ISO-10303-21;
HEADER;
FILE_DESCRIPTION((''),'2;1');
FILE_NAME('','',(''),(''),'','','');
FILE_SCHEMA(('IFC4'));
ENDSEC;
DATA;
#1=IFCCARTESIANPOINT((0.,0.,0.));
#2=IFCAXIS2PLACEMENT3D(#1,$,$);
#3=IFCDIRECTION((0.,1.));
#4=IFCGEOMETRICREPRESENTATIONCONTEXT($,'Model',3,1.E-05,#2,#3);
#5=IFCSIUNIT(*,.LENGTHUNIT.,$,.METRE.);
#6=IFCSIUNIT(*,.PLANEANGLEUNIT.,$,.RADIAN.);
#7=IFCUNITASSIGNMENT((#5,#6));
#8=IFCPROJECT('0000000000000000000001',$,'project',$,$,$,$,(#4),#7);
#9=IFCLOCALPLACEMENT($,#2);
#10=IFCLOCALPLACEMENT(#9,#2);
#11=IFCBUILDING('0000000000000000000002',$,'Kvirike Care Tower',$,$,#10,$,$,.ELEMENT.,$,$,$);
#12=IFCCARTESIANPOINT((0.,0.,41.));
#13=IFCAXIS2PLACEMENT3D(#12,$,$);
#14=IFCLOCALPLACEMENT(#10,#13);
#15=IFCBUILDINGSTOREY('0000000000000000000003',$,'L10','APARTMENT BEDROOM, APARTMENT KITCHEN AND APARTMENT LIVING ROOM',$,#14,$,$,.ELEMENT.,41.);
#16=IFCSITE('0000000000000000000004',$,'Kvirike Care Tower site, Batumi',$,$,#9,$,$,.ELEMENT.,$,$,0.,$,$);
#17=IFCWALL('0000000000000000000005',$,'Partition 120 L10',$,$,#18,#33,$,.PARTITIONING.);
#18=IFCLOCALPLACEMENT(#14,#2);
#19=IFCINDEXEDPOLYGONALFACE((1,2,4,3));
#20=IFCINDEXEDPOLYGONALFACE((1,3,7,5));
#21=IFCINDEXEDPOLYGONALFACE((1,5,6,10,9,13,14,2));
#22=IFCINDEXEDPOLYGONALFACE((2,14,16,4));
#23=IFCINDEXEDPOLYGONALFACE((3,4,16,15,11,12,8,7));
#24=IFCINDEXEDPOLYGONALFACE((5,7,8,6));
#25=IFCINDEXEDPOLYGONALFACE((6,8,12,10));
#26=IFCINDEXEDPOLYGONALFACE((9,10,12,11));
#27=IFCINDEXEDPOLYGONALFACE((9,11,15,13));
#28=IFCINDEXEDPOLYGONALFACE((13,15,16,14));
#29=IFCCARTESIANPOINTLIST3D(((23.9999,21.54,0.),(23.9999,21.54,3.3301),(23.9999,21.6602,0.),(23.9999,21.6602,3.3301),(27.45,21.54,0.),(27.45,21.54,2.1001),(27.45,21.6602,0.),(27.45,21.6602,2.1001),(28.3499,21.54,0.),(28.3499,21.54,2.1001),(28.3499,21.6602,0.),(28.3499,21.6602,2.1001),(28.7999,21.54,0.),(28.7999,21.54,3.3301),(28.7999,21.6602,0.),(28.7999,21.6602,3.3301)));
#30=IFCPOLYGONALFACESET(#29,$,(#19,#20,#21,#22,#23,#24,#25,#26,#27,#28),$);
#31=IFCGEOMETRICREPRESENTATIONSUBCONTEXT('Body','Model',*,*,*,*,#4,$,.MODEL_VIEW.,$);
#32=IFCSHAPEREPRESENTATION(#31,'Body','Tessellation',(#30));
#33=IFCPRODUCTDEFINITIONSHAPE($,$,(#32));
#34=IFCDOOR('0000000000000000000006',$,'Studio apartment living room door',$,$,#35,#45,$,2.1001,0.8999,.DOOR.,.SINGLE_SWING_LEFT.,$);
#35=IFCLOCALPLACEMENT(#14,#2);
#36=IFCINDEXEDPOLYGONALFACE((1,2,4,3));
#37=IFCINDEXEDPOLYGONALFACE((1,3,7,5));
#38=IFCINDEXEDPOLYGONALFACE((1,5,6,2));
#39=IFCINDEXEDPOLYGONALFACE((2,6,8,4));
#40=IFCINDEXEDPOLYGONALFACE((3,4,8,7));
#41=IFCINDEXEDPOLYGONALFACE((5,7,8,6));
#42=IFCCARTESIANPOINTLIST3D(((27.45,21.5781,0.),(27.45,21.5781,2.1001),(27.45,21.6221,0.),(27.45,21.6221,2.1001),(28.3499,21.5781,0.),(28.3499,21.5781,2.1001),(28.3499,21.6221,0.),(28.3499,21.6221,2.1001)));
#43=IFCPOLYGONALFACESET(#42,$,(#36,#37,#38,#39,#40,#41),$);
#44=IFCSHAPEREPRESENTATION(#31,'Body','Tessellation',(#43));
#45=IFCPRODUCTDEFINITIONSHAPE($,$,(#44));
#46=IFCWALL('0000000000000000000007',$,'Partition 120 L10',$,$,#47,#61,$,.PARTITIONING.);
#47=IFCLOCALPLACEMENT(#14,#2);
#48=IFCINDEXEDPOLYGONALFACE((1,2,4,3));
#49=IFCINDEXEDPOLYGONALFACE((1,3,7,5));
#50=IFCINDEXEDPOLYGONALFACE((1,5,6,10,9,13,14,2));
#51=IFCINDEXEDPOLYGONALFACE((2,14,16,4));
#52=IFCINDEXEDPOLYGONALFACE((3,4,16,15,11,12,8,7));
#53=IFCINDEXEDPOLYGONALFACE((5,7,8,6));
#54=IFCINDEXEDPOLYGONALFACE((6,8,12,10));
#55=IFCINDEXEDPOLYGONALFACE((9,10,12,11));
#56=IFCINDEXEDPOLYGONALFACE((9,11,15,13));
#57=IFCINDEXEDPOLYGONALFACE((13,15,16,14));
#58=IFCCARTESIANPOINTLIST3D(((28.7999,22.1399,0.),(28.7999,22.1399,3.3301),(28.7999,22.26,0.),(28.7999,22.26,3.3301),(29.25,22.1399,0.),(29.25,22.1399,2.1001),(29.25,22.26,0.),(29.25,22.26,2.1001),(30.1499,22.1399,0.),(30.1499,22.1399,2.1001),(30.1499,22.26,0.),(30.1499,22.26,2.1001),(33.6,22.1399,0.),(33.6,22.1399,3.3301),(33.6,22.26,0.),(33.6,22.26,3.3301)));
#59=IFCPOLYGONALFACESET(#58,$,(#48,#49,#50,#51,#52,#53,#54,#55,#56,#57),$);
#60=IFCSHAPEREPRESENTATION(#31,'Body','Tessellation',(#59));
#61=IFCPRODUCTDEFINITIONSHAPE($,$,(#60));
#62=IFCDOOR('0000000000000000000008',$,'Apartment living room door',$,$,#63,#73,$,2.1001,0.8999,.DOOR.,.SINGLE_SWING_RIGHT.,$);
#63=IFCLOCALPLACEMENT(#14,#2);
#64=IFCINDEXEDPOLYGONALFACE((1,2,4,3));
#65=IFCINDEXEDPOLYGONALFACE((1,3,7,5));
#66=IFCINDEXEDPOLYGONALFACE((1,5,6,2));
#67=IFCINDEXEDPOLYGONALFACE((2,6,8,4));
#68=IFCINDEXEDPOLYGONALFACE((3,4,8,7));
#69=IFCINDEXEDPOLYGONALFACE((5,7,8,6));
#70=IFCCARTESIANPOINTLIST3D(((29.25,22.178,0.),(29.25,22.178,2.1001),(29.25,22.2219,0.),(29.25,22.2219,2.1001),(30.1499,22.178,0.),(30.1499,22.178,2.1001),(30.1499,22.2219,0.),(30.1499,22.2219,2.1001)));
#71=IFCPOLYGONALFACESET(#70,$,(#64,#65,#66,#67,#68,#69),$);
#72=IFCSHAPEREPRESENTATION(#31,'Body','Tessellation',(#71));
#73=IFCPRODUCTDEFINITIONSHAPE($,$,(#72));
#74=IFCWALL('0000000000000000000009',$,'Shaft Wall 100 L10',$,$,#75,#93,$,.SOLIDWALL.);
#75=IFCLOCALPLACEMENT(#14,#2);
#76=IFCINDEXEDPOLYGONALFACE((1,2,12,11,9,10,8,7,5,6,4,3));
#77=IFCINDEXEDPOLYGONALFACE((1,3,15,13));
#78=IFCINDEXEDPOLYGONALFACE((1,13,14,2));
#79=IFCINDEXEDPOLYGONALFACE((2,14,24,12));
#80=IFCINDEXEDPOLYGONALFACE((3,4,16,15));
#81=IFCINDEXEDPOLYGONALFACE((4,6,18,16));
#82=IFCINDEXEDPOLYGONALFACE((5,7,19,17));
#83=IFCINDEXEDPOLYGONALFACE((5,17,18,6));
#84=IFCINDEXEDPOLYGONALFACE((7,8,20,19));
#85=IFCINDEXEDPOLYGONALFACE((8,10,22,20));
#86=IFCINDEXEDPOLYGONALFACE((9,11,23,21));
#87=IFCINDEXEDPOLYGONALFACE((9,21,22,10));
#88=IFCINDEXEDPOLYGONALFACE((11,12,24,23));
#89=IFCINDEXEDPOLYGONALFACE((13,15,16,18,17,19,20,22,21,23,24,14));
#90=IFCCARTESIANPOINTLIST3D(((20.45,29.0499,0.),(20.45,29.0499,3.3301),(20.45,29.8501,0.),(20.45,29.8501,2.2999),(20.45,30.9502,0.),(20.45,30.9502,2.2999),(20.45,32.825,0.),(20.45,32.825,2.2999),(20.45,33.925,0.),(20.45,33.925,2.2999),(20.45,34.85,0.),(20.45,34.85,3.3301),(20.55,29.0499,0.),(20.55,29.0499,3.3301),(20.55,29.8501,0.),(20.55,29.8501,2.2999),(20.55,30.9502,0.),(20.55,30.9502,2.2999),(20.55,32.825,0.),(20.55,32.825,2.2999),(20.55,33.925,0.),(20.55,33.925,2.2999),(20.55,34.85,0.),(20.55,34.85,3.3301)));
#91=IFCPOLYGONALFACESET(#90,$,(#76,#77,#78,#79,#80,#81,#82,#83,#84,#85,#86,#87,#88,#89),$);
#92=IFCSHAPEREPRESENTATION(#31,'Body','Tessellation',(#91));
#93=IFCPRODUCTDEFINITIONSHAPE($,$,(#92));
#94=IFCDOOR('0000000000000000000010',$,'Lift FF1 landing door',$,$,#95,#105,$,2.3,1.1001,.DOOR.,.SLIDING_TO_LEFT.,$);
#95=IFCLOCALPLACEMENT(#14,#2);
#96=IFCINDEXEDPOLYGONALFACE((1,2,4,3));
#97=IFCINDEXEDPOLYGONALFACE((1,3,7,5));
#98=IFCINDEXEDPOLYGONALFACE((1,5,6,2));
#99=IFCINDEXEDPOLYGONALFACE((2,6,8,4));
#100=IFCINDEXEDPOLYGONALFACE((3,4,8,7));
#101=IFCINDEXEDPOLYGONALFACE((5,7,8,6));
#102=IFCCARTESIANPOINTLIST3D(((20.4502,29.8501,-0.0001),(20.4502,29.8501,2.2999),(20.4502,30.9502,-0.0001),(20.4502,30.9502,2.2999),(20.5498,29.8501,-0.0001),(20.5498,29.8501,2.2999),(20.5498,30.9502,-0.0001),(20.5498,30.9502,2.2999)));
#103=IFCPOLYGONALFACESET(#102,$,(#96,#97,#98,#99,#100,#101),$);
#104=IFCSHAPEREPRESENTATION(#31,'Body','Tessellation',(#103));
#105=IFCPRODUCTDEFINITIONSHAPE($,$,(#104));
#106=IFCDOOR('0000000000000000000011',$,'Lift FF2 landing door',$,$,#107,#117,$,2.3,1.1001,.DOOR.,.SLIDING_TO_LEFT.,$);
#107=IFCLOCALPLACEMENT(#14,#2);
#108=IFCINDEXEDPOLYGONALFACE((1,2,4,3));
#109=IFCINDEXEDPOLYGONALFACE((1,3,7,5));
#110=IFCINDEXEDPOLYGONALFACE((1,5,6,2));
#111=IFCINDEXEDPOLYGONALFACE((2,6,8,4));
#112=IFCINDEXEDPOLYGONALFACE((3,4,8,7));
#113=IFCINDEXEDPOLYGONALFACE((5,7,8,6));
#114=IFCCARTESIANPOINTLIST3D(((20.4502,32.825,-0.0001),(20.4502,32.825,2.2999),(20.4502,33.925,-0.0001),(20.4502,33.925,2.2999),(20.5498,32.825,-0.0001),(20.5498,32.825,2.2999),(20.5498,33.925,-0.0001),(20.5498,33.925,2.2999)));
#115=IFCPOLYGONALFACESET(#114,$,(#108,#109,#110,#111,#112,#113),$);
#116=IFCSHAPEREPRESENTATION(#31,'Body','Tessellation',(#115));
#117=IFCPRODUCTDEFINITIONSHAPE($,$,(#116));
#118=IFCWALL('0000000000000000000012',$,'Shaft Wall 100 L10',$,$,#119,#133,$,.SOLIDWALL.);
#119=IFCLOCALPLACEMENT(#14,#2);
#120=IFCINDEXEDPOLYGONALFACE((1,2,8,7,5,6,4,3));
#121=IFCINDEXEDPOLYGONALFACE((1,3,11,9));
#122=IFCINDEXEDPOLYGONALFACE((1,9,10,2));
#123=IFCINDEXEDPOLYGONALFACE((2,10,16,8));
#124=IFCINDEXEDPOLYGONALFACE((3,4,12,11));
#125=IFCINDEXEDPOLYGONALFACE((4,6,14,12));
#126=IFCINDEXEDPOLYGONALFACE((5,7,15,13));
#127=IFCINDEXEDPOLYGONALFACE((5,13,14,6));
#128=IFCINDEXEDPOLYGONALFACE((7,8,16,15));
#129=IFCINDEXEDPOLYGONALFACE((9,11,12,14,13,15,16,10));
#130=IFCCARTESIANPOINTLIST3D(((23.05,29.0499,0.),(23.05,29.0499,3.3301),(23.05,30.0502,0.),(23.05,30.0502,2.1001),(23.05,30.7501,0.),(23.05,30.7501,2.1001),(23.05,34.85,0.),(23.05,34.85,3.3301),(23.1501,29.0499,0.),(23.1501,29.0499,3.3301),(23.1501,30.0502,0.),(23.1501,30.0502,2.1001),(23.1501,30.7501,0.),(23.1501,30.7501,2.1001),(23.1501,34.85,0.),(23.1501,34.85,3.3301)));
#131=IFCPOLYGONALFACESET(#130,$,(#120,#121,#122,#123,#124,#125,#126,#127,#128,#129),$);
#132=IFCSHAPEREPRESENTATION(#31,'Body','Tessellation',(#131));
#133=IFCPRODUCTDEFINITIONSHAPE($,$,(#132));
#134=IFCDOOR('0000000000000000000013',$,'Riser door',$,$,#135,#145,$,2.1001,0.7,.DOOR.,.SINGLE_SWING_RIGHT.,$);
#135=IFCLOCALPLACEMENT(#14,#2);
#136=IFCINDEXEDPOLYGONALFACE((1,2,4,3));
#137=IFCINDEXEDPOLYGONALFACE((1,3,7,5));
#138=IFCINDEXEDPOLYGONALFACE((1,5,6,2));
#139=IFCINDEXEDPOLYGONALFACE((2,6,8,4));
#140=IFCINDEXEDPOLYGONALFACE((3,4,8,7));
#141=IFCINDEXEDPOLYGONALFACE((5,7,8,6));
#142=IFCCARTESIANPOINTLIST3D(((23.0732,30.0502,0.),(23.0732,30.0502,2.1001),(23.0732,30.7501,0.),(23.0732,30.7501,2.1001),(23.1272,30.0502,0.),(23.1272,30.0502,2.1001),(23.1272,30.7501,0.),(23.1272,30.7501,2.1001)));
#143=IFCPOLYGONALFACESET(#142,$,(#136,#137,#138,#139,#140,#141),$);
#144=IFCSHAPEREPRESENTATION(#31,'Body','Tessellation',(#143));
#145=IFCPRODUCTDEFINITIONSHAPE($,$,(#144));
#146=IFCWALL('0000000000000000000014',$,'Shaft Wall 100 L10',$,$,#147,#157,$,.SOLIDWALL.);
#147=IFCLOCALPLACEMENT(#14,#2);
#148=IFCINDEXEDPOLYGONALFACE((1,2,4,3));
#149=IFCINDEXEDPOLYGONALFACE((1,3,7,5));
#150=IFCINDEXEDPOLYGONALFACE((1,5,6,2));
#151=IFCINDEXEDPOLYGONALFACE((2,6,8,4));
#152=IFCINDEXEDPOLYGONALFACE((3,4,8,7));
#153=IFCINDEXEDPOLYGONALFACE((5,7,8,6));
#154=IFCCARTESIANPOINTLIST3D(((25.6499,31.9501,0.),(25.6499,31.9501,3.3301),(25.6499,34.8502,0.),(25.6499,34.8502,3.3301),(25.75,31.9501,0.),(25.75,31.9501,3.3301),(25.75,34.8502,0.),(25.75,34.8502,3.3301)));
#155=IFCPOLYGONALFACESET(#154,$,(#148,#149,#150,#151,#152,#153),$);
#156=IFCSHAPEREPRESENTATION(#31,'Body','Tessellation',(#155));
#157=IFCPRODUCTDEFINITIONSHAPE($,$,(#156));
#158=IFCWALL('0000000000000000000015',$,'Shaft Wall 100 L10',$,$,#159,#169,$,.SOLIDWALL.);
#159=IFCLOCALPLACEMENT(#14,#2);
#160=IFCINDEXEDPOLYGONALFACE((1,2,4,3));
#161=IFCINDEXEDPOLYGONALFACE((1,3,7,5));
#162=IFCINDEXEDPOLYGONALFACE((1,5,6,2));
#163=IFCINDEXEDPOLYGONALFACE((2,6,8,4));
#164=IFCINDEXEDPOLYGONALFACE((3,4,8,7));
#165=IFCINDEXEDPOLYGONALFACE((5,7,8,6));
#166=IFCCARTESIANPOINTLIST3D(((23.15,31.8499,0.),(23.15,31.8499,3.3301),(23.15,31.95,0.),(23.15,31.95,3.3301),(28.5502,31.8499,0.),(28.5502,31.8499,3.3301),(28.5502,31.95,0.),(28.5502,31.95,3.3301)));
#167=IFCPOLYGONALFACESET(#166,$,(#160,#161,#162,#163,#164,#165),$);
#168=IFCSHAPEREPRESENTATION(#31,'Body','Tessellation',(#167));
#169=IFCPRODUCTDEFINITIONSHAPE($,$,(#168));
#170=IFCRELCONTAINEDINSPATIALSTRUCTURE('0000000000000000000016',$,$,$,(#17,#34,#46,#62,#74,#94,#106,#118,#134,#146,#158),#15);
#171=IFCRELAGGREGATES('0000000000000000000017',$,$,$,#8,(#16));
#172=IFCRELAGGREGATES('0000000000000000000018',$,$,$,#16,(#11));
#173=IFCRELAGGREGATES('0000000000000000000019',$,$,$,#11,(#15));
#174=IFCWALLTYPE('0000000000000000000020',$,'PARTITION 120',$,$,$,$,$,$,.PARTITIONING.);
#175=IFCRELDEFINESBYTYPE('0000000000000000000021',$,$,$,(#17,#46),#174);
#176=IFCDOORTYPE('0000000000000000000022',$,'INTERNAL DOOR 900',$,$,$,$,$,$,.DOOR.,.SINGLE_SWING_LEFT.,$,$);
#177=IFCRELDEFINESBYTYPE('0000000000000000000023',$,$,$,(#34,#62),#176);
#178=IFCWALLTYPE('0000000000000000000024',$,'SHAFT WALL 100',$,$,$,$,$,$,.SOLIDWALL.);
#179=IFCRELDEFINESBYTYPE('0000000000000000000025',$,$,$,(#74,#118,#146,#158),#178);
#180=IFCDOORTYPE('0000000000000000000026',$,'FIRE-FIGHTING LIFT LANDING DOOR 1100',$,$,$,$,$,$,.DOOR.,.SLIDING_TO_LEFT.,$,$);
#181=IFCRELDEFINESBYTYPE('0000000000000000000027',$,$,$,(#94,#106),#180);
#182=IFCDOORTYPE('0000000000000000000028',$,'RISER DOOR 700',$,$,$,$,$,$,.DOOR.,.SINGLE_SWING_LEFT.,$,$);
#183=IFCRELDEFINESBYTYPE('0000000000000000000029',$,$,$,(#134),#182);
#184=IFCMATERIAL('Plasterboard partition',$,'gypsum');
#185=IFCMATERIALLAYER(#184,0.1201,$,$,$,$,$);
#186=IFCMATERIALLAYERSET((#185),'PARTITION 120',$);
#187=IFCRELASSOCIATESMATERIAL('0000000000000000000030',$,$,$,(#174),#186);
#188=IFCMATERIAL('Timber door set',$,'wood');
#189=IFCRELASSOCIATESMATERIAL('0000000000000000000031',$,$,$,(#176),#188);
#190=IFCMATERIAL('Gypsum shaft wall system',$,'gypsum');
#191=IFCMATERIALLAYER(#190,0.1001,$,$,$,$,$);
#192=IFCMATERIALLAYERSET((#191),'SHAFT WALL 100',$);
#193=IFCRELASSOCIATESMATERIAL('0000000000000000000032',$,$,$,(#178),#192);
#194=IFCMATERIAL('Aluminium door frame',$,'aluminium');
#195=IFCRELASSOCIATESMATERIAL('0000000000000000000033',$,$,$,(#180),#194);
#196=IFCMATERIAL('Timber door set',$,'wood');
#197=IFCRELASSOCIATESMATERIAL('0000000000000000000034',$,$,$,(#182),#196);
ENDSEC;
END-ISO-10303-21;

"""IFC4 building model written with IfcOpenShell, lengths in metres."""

from ifc_helpers import new_model, si_unit, direction, frame, frame_2d, origin, place, context, subcontext, project, spatial, rectangle, extrude, material, layer, layer_set, type_object, element, fill, save


model = new_model("IFC4")

# Units and contexts
model_context = context("Model", 3, precision=1e-05, world=origin(), true_north=direction((0.0, 1.0)))
body_context = subcontext(model_context, "Body", "Model", "MODEL_VIEW")
ifc_project = project(units=[si_unit("LENGTHUNIT", "METRE"), si_unit("PLANEANGLEUNIT", "RADIAN")], contexts=[model_context])

# Site, building, storey
site_placement = place(None, origin())
site = spatial("IfcSite", under=ifc_project, at=site_placement, Name="Kvirike Care Tower site, Batumi", CompositionType="ELEMENT", RefElevation=0.0)
building_placement = place(site_placement, origin())
building = spatial("IfcBuilding", under=site, at=building_placement, Name="Kvirike Care Tower", CompositionType="ELEMENT")
storey_placement = place(building_placement, frame((0.0, 0.0, 41.0)))
storey = spatial("IfcBuildingStorey", under=building, at=storey_placement, Name="L10", Description="APARTMENT BEDROOM, APARTMENT KITCHEN AND APARTMENT LIVING ROOM", CompositionType="ELEMENT", Elevation=41.0)

# Walls, openings, doors
ifc_material_1 = material(Name="Plasterboard partition", Category="gypsum")
ifc_layer_1 = layer(ifc_material_1, 0.1201)
ifc_layer_set_1 = layer_set([ifc_layer_1], Name="PARTITION 120")
wall_type_1 = type_object("IfcWallType", Name="PARTITION 120", PredefinedType="PARTITIONING", material=ifc_layer_set_1)
ifc_material_2 = material(Name="Timber door set", Category="wood")
door_type_1 = type_object("IfcDoorType", Name="INTERNAL DOOR 900", OperationType="SINGLE_SWING_LEFT", PredefinedType="DOOR", material=ifc_material_2)
wall_1_placement = place(storey_placement, frame((24.0, 21.6001, 0.0), z_axis=(0.0, 0.0, 1.0), x_axis=(1.0, 0.0, 0.0)))
wall_1 = element("IfcWall", 1, at=wall_1_placement, inside=storey, type_object=wall_type_1, Name="Partition 120 L10", PredefinedType="PARTITIONING", context=body_context, shape_type="SweptSolid", body=[
    extrude(rectangle(XDim=4.8, YDim=0.1201, at=frame_2d((2.3999, 0.0))), origin(), (0.0, 0.0, 1.0), 3.3301),
])
opening_1_placement = place(wall_1_placement, frame((3.45, 0.0, 0.0)))
opening_1 = element("IfcOpeningElement", 2, at=opening_1_placement, cuts=wall_1, PredefinedType="OPENING", context=body_context, shape_type="SweptSolid", body=[
    extrude(rectangle(XDim=0.8999, YDim=2.1001, at=frame_2d((0.45, 1.05))), frame((0.0, 0.0706, 0.0), z_axis=(0.0, -1.0, 0.0), x_axis=(1.0, 0.0, 0.0)), (0.0, 0.0, 1.0), 0.1411),
])
door_1_placement = place(opening_1_placement, origin())
door_1 = element("IfcDoor", 3, at=door_1_placement, inside=storey, type_object=door_type_1, Name="Studio apartment living room door", OperationType="SINGLE_SWING_LEFT", OverallHeight=2.1001, OverallWidth=0.8999, PredefinedType="DOOR", context=body_context, shape_type="SweptSolid", body=[
    extrude(rectangle(XDim=0.8999, YDim=2.1001, at=frame_2d((0.45, 1.05))), frame((0.0, 0.022, 0.0), z_axis=(0.0, -1.0, 0.0), x_axis=(1.0, 0.0, 0.0)), (0.0, 0.0, 1.0), 0.0439),
])
fill(opening_1, door_1)
wall_2_placement = place(storey_placement, frame((28.8, 22.2, 0.0), z_axis=(0.0, 0.0, 1.0), x_axis=(1.0, 0.0, 0.0)))
wall_2 = element("IfcWall", 4, at=wall_2_placement, inside=storey, type_object=wall_type_1, Name="Partition 120 L10", PredefinedType="PARTITIONING", context=body_context, shape_type="SweptSolid", body=[
    extrude(rectangle(XDim=4.8, YDim=0.1201, at=frame_2d((2.3999, 0.0))), origin(), (0.0, 0.0, 1.0), 3.3301),
])
opening_2_placement = place(wall_2_placement, frame((0.45, 0.0, 0.0)))
opening_2 = element("IfcOpeningElement", 5, at=opening_2_placement, cuts=wall_2, PredefinedType="OPENING", context=body_context, shape_type="SweptSolid", body=[
    extrude(rectangle(XDim=0.8999, YDim=2.1001, at=frame_2d((0.45, 1.05))), frame((0.0, 0.0706, 0.0), z_axis=(0.0, -1.0, 0.0), x_axis=(1.0, 0.0, 0.0)), (0.0, 0.0, 1.0), 0.1411),
])
door_2_placement = place(opening_2_placement, origin())
door_2 = element("IfcDoor", 6, at=door_2_placement, inside=storey, type_object=door_type_1, Name="Apartment living room door", OperationType="SINGLE_SWING_RIGHT", OverallHeight=2.1001, OverallWidth=0.8999, PredefinedType="DOOR", context=body_context, shape_type="SweptSolid", body=[
    extrude(rectangle(XDim=0.8999, YDim=2.1001, at=frame_2d((0.45, 1.05))), frame((0.0, 0.022, 0.0), z_axis=(0.0, -1.0, 0.0), x_axis=(1.0, 0.0, 0.0)), (0.0, 0.0, 1.0), 0.0439),
])
fill(opening_2, door_2)

# Wall, openings, doors
ifc_material_3 = material(Name="Gypsum shaft wall system", Category="gypsum")
ifc_layer_2 = layer(ifc_material_3, 0.1001)
ifc_layer_set_2 = layer_set([ifc_layer_2], Name="SHAFT WALL 100")
wall_type_2 = type_object("IfcWallType", Name="SHAFT WALL 100", PredefinedType="SOLIDWALL", material=ifc_layer_set_2)
wall_3_placement = place(storey_placement, frame((20.5, 29.05, 0.0), z_axis=(0.0, 0.0, 1.0), x_axis=(0.0, 1.0, 0.0)))
wall_3 = element("IfcWall", 7, at=wall_3_placement, inside=storey, type_object=wall_type_2, Name="Shaft Wall 100 L10", PredefinedType="SOLIDWALL", context=body_context, shape_type="SweptSolid", body=[
    extrude(rectangle(XDim=5.8, YDim=0.1001, at=frame_2d((2.8999, 0.0))), origin(), (0.0, 0.0, 1.0), 3.3301),
])
opening_3_placement = place(wall_3_placement, frame((0.8, 0.0, 0.0)))
opening_3 = element("IfcOpeningElement", 8, at=opening_3_placement, cuts=wall_3, PredefinedType="OPENING", context=body_context, shape_type="SweptSolid", body=[
    extrude(rectangle(XDim=1.1001, YDim=2.3, at=frame_2d((0.55, 1.1499))), frame((0.0, 0.0605, 0.0), z_axis=(0.0, -1.0, 0.0), x_axis=(1.0, 0.0, 0.0)), (0.0, 0.0, 1.0), 0.1211),
])
opening_4_placement = place(wall_3_placement, frame((3.7749, 0.0, 0.0)))
opening_4 = element("IfcOpeningElement", 9, at=opening_4_placement, cuts=wall_3, PredefinedType="OPENING", context=body_context, shape_type="SweptSolid", body=[
    extrude(rectangle(XDim=1.1001, YDim=2.3, at=frame_2d((0.55, 1.1499))), frame((0.0, 0.0605, 0.0), z_axis=(0.0, -1.0, 0.0), x_axis=(1.0, 0.0, 0.0)), (0.0, 0.0, 1.0), 0.1211),
])
ifc_material_4 = material(Name="Aluminium door frame", Category="aluminium")
door_type_2 = type_object("IfcDoorType", Name="FIRE-FIGHTING LIFT LANDING DOOR 1100", OperationType="SLIDING_TO_LEFT", PredefinedType="DOOR", material=ifc_material_4)
door_3_placement = place(opening_3_placement, origin())
door_3 = element("IfcDoor", 10, at=door_3_placement, inside=storey, type_object=door_type_2, Name="Lift FF1 landing door", OperationType="SLIDING_TO_LEFT", OverallHeight=2.3, OverallWidth=1.1001, PredefinedType="DOOR", context=body_context, shape_type="SweptSolid", body=[
    extrude(rectangle(XDim=1.1001, YDim=2.3, at=frame_2d((0.55, 1.1499))), frame((0.0, 0.0498, 0.0), z_axis=(0.0, -1.0, 0.0), x_axis=(1.0, 0.0, 0.0)), (0.0, 0.0, 1.0), 0.0996),
])
fill(opening_3, door_3)
door_4_placement = place(opening_4_placement, origin())
door_4 = element("IfcDoor", 11, at=door_4_placement, inside=storey, type_object=door_type_2, Name="Lift FF2 landing door", OperationType="SLIDING_TO_LEFT", OverallHeight=2.3, OverallWidth=1.1001, PredefinedType="DOOR", context=body_context, shape_type="SweptSolid", body=[
    extrude(rectangle(XDim=1.1001, YDim=2.3, at=frame_2d((0.55, 1.1499))), frame((0.0, 0.0498, 0.0), z_axis=(0.0, -1.0, 0.0), x_axis=(1.0, 0.0, 0.0)), (0.0, 0.0, 1.0), 0.0996),
])
fill(opening_4, door_4)

# Wall, opening, door
wall_4_placement = place(storey_placement, frame((23.1001, 29.05, 0.0), z_axis=(0.0, 0.0, 1.0), x_axis=(0.0, 1.0, 0.0)))
wall_4 = element("IfcWall", 12, at=wall_4_placement, inside=storey, type_object=wall_type_2, Name="Shaft Wall 100 L10", PredefinedType="SOLIDWALL", context=body_context, shape_type="SweptSolid", body=[
    extrude(rectangle(XDim=5.8, YDim=0.1001, at=frame_2d((2.8999, 0.0))), origin(), (0.0, 0.0, 1.0), 3.3301),
])
opening_5_placement = place(wall_4_placement, frame((1.0, 0.0, 0.0)))
opening_5 = element("IfcOpeningElement", 13, at=opening_5_placement, cuts=wall_4, PredefinedType="OPENING", context=body_context, shape_type="SweptSolid", body=[
    extrude(rectangle(XDim=0.7, YDim=2.1001, at=frame_2d((0.3501, 1.05))), frame((0.0, 0.0605, 0.0), z_axis=(0.0, -1.0, 0.0), x_axis=(1.0, 0.0, 0.0)), (0.0, 0.0, 1.0), 0.1211),
])
ifc_material_5 = material(Name="Timber door set", Category="wood")
door_type_3 = type_object("IfcDoorType", Name="RISER DOOR 700", OperationType="SINGLE_SWING_LEFT", PredefinedType="DOOR", material=ifc_material_5)
door_5_placement = place(opening_5_placement, origin())
door_5 = element("IfcDoor", 14, at=door_5_placement, inside=storey, type_object=door_type_3, Name="Riser door", OperationType="SINGLE_SWING_RIGHT", OverallHeight=2.1001, OverallWidth=0.7, PredefinedType="DOOR", context=body_context, shape_type="SweptSolid", body=[
    extrude(rectangle(XDim=0.7, YDim=2.1001, at=frame_2d((0.3501, 1.05))), frame((0.0, 0.0269, 0.0), z_axis=(0.0, -1.0, 0.0), x_axis=(1.0, 0.0, 0.0)), (0.0, 0.0, 1.0), 0.054),
])
fill(opening_5, door_5)

# Walls
wall_5_placement = place(storey_placement, frame((25.7, 31.95, 0.0), z_axis=(0.0, 0.0, 1.0), x_axis=(0.0, 1.0, 0.0)))
element("IfcWall", 15, at=wall_5_placement, inside=storey, type_object=wall_type_2, Name="Shaft Wall 100 L10", PredefinedType="SOLIDWALL", context=body_context, shape_type="SweptSolid", body=[
    extrude(rectangle(XDim=2.9001, YDim=0.1001, at=frame_2d((1.4502, 0.0))), origin(), (0.0, 0.0, 1.0), 3.3301),
])
wall_6_placement = place(storey_placement, frame((23.1499, 31.8999, 0.0), z_axis=(0.0, 0.0, 1.0), x_axis=(1.0, 0.0, 0.0)))
element("IfcWall", 16, at=wall_6_placement, inside=storey, type_object=wall_type_2, Name="Shaft Wall 100 L10", PredefinedType="SOLIDWALL", context=body_context, shape_type="SweptSolid", body=[
    extrude(rectangle(XDim=5.4001, YDim=0.1001, at=frame_2d((2.7002, 0.0))), origin(), (0.0, 0.0, 1.0), 3.3301),
])

save(model, "model.ifc")
